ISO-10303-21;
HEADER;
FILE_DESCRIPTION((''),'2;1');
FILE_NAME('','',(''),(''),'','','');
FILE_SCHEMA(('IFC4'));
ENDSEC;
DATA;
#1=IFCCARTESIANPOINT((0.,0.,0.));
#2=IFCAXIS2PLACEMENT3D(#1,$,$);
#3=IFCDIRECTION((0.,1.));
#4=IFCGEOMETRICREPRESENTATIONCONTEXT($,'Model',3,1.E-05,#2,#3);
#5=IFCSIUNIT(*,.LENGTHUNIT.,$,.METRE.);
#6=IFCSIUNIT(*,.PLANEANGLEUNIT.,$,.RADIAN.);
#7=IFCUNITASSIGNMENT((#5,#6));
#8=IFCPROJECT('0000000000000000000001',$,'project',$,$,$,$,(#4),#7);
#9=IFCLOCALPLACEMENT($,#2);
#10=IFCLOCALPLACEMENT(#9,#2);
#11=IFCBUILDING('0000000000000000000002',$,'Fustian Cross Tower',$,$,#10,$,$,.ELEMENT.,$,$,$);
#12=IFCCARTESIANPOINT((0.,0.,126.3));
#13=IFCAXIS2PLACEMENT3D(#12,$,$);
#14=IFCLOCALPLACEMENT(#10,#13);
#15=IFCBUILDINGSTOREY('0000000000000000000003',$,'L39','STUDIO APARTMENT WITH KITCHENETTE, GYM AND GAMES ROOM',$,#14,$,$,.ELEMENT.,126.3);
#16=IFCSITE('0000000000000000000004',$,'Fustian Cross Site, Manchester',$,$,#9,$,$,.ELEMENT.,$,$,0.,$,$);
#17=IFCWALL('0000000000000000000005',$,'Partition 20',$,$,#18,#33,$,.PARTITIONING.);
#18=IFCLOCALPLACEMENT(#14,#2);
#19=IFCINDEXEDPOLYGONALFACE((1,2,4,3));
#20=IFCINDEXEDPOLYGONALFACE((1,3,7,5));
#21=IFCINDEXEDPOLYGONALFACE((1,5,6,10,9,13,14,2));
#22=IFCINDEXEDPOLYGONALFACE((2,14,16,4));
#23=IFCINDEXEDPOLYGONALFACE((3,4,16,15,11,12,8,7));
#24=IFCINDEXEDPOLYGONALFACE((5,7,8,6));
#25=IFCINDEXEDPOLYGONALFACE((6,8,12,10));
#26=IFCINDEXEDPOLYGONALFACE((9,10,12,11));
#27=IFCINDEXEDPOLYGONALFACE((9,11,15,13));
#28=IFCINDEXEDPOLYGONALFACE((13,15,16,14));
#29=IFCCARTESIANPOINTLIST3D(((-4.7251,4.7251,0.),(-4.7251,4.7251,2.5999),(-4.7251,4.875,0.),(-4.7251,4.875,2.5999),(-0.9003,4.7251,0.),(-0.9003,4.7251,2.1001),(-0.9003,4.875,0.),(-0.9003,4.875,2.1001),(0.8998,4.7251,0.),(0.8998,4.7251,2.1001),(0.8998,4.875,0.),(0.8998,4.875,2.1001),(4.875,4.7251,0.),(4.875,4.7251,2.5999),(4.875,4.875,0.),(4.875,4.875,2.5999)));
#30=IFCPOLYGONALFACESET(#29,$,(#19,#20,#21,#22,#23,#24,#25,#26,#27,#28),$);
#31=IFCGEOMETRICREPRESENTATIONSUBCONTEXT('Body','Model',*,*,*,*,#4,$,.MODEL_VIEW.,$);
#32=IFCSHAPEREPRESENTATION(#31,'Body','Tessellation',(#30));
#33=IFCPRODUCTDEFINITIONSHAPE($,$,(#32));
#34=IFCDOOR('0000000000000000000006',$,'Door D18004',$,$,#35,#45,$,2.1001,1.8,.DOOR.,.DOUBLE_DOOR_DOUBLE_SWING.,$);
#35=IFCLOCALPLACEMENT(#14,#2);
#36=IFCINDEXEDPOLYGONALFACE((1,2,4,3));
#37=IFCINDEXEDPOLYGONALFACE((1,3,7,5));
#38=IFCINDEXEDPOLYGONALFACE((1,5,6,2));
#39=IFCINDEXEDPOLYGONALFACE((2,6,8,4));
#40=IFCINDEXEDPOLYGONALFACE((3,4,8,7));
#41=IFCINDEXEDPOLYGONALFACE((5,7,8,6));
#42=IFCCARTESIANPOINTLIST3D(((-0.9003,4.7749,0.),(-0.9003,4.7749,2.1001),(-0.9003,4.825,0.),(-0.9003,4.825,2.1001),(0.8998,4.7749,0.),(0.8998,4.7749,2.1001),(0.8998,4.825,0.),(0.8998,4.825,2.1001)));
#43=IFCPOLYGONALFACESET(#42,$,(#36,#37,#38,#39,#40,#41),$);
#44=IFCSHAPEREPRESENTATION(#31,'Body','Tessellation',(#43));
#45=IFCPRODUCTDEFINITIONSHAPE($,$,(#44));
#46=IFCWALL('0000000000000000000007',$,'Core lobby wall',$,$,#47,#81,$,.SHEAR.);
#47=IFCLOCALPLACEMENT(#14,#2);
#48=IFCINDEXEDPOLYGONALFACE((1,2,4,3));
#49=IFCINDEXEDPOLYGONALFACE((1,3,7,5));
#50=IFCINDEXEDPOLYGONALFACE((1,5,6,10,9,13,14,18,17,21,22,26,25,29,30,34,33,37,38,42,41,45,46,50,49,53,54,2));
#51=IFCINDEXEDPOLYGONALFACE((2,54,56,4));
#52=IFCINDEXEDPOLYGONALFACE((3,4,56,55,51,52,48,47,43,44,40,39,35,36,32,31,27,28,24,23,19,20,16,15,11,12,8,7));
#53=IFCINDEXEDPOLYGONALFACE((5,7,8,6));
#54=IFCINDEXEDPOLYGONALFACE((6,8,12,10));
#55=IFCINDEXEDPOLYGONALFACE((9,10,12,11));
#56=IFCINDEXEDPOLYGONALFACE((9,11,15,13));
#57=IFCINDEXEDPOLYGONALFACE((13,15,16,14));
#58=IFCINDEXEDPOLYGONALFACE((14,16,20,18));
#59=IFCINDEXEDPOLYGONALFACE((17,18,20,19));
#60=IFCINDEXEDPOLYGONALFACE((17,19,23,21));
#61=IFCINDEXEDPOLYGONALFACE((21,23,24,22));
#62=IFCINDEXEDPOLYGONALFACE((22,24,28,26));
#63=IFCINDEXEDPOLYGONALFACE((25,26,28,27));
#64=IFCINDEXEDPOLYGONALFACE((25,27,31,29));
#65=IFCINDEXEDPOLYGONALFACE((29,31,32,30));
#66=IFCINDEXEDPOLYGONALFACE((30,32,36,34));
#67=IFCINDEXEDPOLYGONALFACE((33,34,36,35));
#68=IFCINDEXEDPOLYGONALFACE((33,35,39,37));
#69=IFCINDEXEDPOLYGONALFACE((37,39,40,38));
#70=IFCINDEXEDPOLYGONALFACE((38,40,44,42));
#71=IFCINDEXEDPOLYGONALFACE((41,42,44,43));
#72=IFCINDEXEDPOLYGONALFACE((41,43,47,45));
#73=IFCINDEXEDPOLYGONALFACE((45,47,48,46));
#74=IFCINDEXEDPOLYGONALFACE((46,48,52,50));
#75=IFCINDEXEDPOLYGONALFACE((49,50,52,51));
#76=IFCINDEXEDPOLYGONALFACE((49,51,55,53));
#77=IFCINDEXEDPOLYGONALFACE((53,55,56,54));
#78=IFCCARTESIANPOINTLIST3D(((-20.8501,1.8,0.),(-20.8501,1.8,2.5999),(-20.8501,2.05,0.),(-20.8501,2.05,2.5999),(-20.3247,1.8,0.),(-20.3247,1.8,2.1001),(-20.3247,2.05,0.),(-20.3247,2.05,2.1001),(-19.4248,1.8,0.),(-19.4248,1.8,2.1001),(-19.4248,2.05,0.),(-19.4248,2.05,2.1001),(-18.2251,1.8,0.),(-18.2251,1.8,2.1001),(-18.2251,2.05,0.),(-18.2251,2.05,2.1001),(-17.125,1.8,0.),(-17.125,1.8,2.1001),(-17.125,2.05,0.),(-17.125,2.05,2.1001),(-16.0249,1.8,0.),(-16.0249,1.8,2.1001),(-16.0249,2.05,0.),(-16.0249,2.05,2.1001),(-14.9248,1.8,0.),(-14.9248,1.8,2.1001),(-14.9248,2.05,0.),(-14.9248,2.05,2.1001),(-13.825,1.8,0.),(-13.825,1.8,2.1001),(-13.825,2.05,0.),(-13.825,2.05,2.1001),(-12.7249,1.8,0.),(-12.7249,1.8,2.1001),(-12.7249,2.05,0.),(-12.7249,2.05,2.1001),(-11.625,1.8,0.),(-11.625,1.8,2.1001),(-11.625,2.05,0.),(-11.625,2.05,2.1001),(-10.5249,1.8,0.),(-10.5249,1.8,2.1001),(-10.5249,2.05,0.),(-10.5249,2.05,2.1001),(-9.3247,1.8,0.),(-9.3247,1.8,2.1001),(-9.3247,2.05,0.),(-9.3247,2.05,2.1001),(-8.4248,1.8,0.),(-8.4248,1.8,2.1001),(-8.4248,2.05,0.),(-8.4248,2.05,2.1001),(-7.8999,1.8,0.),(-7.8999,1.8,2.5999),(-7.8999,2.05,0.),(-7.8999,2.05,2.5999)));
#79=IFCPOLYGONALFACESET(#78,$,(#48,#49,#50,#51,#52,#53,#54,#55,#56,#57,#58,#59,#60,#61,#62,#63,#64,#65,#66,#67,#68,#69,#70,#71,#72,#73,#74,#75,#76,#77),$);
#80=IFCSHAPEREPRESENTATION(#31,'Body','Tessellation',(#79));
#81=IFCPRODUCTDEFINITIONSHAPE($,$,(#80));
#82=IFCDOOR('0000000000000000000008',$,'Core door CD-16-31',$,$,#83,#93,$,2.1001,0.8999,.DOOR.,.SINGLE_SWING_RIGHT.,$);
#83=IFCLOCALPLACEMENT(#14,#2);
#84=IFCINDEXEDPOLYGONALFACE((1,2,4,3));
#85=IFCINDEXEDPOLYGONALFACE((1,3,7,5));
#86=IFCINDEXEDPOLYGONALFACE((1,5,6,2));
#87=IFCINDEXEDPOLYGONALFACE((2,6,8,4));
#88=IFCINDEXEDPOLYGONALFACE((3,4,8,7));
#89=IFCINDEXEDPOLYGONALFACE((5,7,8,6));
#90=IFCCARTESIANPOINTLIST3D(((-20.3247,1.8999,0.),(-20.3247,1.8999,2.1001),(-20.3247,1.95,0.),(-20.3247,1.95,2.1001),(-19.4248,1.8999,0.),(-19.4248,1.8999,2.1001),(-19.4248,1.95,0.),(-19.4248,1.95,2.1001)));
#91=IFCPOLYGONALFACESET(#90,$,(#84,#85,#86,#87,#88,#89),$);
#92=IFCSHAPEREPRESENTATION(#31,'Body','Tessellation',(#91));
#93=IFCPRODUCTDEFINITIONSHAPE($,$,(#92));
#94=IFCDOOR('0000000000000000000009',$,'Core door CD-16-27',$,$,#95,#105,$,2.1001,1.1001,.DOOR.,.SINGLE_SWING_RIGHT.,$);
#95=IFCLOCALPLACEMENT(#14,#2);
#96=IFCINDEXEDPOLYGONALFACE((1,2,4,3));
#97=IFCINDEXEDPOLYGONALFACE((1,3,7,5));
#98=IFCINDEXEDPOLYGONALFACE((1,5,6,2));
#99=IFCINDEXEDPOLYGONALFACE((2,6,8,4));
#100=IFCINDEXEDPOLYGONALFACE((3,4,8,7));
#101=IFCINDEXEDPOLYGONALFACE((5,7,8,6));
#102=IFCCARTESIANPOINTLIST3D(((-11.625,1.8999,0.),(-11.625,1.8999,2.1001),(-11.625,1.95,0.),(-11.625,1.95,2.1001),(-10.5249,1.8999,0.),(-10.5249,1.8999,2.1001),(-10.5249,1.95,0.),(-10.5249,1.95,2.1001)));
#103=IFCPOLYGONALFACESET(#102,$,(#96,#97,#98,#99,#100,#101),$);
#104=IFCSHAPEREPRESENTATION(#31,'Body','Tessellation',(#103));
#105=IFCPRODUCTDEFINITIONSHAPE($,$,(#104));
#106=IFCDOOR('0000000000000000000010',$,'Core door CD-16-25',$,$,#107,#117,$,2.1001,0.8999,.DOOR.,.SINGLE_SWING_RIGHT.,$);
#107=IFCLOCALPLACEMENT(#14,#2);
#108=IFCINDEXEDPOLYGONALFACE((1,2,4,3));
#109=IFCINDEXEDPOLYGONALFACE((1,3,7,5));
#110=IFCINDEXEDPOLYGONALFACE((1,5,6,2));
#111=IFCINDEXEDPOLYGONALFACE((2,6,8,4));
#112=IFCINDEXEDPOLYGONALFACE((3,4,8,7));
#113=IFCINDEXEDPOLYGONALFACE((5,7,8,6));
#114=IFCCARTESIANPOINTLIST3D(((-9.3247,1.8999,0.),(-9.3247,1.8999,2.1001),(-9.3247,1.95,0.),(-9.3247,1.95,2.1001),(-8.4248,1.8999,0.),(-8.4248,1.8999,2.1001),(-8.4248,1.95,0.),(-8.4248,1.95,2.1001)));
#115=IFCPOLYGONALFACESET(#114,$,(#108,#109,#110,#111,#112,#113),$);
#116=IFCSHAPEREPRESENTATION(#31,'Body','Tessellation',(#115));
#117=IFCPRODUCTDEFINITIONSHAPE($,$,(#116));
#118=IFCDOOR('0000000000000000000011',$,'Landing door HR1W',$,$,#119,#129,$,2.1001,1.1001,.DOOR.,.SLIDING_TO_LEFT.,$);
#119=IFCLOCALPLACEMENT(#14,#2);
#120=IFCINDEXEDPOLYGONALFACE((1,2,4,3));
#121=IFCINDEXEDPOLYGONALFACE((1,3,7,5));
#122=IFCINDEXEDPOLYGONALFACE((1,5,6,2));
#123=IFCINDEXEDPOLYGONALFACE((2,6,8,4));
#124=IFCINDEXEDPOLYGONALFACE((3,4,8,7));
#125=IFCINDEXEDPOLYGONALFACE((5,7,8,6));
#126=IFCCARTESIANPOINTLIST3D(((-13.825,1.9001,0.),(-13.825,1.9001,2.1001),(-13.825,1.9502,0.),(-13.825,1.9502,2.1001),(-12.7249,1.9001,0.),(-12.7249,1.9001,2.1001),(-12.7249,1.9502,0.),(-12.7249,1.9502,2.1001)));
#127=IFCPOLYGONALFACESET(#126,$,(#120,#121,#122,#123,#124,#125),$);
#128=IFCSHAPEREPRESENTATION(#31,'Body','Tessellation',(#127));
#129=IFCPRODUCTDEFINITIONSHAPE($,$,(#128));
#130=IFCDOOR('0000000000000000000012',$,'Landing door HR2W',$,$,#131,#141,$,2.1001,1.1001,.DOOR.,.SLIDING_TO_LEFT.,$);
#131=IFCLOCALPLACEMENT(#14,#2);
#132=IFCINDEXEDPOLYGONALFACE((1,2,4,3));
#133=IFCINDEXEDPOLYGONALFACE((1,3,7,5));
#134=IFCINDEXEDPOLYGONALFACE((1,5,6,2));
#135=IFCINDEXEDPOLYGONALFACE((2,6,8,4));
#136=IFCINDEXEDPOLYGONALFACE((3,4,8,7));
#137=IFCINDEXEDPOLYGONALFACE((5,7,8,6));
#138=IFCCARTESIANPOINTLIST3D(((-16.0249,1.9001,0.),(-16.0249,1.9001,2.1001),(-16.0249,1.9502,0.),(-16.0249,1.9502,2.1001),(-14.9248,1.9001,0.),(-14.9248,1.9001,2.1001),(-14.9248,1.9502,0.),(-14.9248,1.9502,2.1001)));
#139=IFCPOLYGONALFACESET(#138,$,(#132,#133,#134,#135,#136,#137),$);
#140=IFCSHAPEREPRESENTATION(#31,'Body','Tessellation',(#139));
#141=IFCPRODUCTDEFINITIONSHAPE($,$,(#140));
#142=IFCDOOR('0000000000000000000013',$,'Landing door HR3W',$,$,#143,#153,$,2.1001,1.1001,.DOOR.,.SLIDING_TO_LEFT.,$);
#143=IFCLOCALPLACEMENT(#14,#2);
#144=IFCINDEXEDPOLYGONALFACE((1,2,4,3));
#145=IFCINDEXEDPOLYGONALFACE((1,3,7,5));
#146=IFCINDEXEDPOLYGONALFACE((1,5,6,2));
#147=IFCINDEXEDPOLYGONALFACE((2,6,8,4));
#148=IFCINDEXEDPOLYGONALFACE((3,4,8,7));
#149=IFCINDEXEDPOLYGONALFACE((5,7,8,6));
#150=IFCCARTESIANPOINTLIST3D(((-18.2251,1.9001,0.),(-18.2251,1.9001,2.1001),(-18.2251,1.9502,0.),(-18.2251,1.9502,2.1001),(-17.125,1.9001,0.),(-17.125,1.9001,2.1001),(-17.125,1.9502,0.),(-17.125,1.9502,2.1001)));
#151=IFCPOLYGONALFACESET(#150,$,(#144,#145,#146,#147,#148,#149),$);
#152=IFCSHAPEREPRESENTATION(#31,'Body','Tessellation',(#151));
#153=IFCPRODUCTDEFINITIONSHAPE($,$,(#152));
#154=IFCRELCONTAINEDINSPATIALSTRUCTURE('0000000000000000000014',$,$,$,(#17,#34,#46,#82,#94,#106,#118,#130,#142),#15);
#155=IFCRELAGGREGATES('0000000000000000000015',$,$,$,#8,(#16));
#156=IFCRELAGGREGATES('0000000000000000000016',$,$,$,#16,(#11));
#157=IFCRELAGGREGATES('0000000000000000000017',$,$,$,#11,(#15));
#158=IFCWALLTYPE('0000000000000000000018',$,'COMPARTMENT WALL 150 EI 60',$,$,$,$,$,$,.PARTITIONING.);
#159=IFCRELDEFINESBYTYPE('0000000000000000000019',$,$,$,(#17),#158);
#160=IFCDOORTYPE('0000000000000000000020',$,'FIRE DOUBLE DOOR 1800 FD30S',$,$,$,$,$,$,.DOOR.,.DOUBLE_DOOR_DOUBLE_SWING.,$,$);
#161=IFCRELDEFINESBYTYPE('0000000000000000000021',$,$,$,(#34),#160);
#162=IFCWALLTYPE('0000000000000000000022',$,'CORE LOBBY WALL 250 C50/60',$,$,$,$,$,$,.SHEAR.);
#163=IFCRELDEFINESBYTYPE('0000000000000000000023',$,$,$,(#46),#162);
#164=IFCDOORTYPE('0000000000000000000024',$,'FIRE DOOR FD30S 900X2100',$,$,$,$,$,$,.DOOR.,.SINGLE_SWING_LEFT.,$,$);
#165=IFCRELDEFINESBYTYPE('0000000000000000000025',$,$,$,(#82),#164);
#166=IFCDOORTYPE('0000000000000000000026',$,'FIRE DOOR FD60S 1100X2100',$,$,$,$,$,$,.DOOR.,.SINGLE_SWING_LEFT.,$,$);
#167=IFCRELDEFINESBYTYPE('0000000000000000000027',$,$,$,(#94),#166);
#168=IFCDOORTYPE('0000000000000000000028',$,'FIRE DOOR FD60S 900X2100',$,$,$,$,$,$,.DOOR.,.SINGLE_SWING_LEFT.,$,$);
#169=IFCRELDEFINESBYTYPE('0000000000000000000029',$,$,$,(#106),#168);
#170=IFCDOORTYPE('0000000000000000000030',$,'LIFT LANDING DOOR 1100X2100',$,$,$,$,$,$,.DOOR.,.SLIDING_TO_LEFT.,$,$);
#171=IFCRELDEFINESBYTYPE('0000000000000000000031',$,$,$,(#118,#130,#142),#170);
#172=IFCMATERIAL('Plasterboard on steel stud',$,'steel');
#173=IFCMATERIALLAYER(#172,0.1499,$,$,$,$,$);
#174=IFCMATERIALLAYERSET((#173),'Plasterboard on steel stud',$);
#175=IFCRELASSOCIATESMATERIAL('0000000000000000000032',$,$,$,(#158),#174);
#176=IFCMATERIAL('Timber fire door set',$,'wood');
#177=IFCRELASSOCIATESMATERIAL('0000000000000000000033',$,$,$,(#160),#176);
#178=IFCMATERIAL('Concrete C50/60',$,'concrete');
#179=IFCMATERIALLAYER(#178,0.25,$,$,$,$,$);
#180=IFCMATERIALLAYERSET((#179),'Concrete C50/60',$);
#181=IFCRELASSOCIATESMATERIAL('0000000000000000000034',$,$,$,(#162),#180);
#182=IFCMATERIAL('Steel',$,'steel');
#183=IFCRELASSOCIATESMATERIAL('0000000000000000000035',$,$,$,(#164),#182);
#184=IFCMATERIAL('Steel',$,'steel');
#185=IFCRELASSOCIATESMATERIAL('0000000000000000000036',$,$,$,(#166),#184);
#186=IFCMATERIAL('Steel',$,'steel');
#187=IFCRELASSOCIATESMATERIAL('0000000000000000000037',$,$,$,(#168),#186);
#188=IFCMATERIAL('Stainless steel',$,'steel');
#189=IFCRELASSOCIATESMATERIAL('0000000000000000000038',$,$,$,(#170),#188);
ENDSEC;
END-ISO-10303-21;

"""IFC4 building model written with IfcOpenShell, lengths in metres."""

from ifc_helpers import new_model, si_unit, direction, frame, frame_2d, origin, place, context, subcontext, project, spatial, rectangle, extrude, material, layer, layer_set, type_object, element, fill, save


model = new_model("IFC4")

# Units and contexts
model_context = context("Model", 3, precision=1e-05, world=origin(), true_north=direction((0.0, 1.0)))
body_context = subcontext(model_context, "Body", "Model", "MODEL_VIEW")
ifc_project = project(units=[si_unit("LENGTHUNIT", "METRE"), si_unit("PLANEANGLEUNIT", "RADIAN")], contexts=[model_context])

# Site, building, storey
site_placement = place(None, origin())
site = spatial("IfcSite", under=ifc_project, at=site_placement, Name="Fustian Cross Site, Manchester", CompositionType="ELEMENT", RefElevation=0.0)
building_placement = place(site_placement, origin())
building = spatial("IfcBuilding", under=site, at=building_placement, Name="Fustian Cross Tower", CompositionType="ELEMENT")
storey_placement = place(building_placement, frame((0.0, 0.0, 126.3)))
storey = spatial("IfcBuildingStorey", under=building, at=storey_placement, Name="L39", Description="STUDIO APARTMENT WITH KITCHENETTE, GYM AND GAMES ROOM", CompositionType="ELEMENT", Elevation=126.3)

# Wall, opening, door
ifc_material_1 = material(Name="Plasterboard on steel stud", Category="steel")
ifc_layer_1 = layer(ifc_material_1, 0.1499)
ifc_layer_set_1 = layer_set([ifc_layer_1], Name="Plasterboard on steel stud")
wall_type_1 = type_object("IfcWallType", Name="COMPARTMENT WALL 150 EI 60", PredefinedType="PARTITIONING", material=ifc_layer_set_1)
wall_1_placement = place(storey_placement, frame((-4.7251, 4.8, 0.0), z_axis=(0.0, 0.0, 1.0), x_axis=(1.0, 0.0, 0.0)))
wall_1 = element("IfcWall", 1, at=wall_1_placement, inside=storey, type_object=wall_type_1, Name="Partition 20", PredefinedType="PARTITIONING", context=body_context, shape_type="SweptSolid", body=[
    extrude(rectangle(XDim=9.6001, YDim=0.1499, at=frame_2d((4.8, 0.0))), origin(), (0.0, 0.0, 1.0), 2.5999),
])
opening_1_placement = place(wall_1_placement, frame((3.825, 0.0, 0.0)))
opening_1 = element("IfcOpeningElement", 2, at=opening_1_placement, cuts=wall_1, PredefinedType="OPENING", context=body_context, shape_type="SweptSolid", body=[
    extrude(rectangle(XDim=1.8, YDim=2.1001, at=frame_2d((0.8999, 1.05))), frame((0.0, 0.085, 0.0), z_axis=(0.0, -1.0, 0.0), x_axis=(1.0, 0.0, 0.0)), (0.0, 0.0, 1.0), 0.1699),
])
ifc_material_2 = material(Name="Timber fire door set", Category="wood")
door_type_1 = type_object("IfcDoorType", Name="FIRE DOUBLE DOOR 1800 FD30S", OperationType="DOUBLE_DOOR_DOUBLE_SWING", PredefinedType="DOOR", material=ifc_material_2)
door_1_placement = place(opening_1_placement, origin())
door_1 = element("IfcDoor", 3, at=door_1_placement, inside=storey, type_object=door_type_1, Name="Door D18004", OperationType="DOUBLE_DOOR_DOUBLE_SWING", OverallHeight=2.1001, OverallWidth=1.8, PredefinedType="DOOR", context=body_context, shape_type="SweptSolid", body=[
    extrude(rectangle(XDim=1.8, YDim=2.1001, at=frame_2d((0.8999, 1.05))), frame((0.0, 0.0249, 0.0), z_axis=(0.0, -1.0, 0.0), x_axis=(1.0, 0.0, 0.0)), (0.0, 0.0, 1.0), 0.05),
])
fill(opening_1, door_1)

# Wall, openings, doors
ifc_material_3 = material(Name="Concrete C50/60", Category="concrete")
ifc_layer_2 = layer(ifc_material_3, 0.25)
ifc_layer_set_2 = layer_set([ifc_layer_2], Name="Concrete C50/60")
wall_type_2 = type_object("IfcWallType", Name="CORE LOBBY WALL 250 C50/60", PredefinedType="SHEAR", material=ifc_layer_set_2)
wall_2_placement = place(storey_placement, frame((-7.8999, 1.925, 0.0), z_axis=(0.0, 0.0, 1.0), x_axis=(-1.0, 0.0, 0.0)))
wall_2 = element("IfcWall", 4, at=wall_2_placement, inside=storey, type_object=wall_type_2, Name="Core lobby wall", PredefinedType="SHEAR", context=body_context, shape_type="SweptSolid", body=[
    extrude(rectangle(XDim=12.9502, YDim=0.25, at=frame_2d((6.4751, 0.0))), origin(), (0.0, 0.0, 1.0), 2.5999),
])
opening_2_placement = place(wall_2_placement, frame((4.825, 0.0, 0.0)))
opening_2 = element("IfcOpeningElement", 5, at=opening_2_placement, cuts=wall_2, PredefinedType="OPENING", context=body_context, shape_type="SweptSolid", body=[
    extrude(rectangle(XDim=1.1001, YDim=2.1001, at=frame_2d((0.55, 1.05))), frame((0.0, 0.135, 0.0), z_axis=(0.0, -1.0, 0.0), x_axis=(1.0, 0.0, 0.0)), (0.0, 0.0, 1.0), 0.27),
])
opening_3_placement = place(wall_2_placement, frame((7.0249, 0.0, 0.0)))
opening_3 = element("IfcOpeningElement", 6, at=opening_3_placement, cuts=wall_2, PredefinedType="OPENING", context=body_context, shape_type="SweptSolid", body=[
    extrude(rectangle(XDim=1.1001, YDim=2.1001, at=frame_2d((0.55, 1.05))), frame((0.0, 0.135, 0.0), z_axis=(0.0, -1.0, 0.0), x_axis=(1.0, 0.0, 0.0)), (0.0, 0.0, 1.0), 0.27),
])
opening_4_placement = place(wall_2_placement, frame((9.2251, 0.0, 0.0)))
opening_4 = element("IfcOpeningElement", 7, at=opening_4_placement, cuts=wall_2, PredefinedType="OPENING", context=body_context, shape_type="SweptSolid", body=[
    extrude(rectangle(XDim=1.1001, YDim=2.1001, at=frame_2d((0.55, 1.05))), frame((0.0, 0.135, 0.0), z_axis=(0.0, -1.0, 0.0), x_axis=(1.0, 0.0, 0.0)), (0.0, 0.0, 1.0), 0.27),
])
opening_5_placement = place(wall_2_placement, frame((0.5249, 0.0, 0.0)))
opening_5 = element("IfcOpeningElement", 8, at=opening_5_placement, cuts=wall_2, PredefinedType="OPENING", context=body_context, shape_type="SweptSolid", body=[
    extrude(rectangle(XDim=0.8999, YDim=2.1001, at=frame_2d((0.45, 1.05))), frame((0.0, 0.135, 0.0), z_axis=(0.0, -1.0, 0.0), x_axis=(1.0, 0.0, 0.0)), (0.0, 0.0, 1.0), 0.27),
])
opening_6_placement = place(wall_2_placement, frame((2.625, 0.0, 0.0)))
opening_6 = element("IfcOpeningElement", 9, at=opening_6_placement, cuts=wall_2, PredefinedType="OPENING", context=body_context, shape_type="SweptSolid", body=[
    extrude(rectangle(XDim=1.1001, YDim=2.1001, at=frame_2d((0.55, 1.05))), frame((0.0, 0.135, 0.0), z_axis=(0.0, -1.0, 0.0), x_axis=(1.0, 0.0, 0.0)), (0.0, 0.0, 1.0), 0.27),
])
opening_7_placement = place(wall_2_placement, frame((11.5249, 0.0, 0.0)))
opening_7 = element("IfcOpeningElement", 10, at=opening_7_placement, cuts=wall_2, PredefinedType="OPENING", context=body_context, shape_type="SweptSolid", body=[
    extrude(rectangle(XDim=0.8999, YDim=2.1001, at=frame_2d((0.45, 1.05))), frame((0.0, 0.135, 0.0), z_axis=(0.0, -1.0, 0.0), x_axis=(1.0, 0.0, 0.0)), (0.0, 0.0, 1.0), 0.27),
])
ifc_material_4 = material(Name="Steel", Category="steel")
door_type_2 = type_object("IfcDoorType", Name="FIRE DOOR FD30S 900X2100", OperationType="SINGLE_SWING_LEFT", PredefinedType="DOOR", material=ifc_material_4)
door_2_placement = place(opening_7_placement, frame((0.8999, 0.0, 0.0), z_axis=(0.0, 0.0, 1.0), x_axis=(-1.0, 0.0, 0.0)))
door_2 = element("IfcDoor", 11, at=door_2_placement, inside=storey, type_object=door_type_2, Name="Core door CD-16-31", OperationType="SINGLE_SWING_RIGHT", OverallHeight=2.1001, OverallWidth=0.8999, PredefinedType="DOOR", context=body_context, shape_type="SweptSolid", body=[
    extrude(rectangle(XDim=0.8999, YDim=2.1001, at=frame_2d((0.45, 1.05))), frame((0.0, 0.0249, 0.0), z_axis=(0.0, -1.0, 0.0), x_axis=(1.0, 0.0, 0.0)), (0.0, 0.0, 1.0), 0.05),
])
fill(opening_7, door_2)
ifc_material_5 = material(Name="Steel", Category="steel")
door_type_3 = type_object("IfcDoorType", Name="FIRE DOOR FD60S 1100X2100", OperationType="SINGLE_SWING_LEFT", PredefinedType="DOOR", material=ifc_material_5)
door_3_placement = place(opening_6_placement, frame((1.1001, 0.0, 0.0), z_axis=(0.0, 0.0, 1.0), x_axis=(-1.0, 0.0, 0.0)))
door_3 = element("IfcDoor", 12, at=door_3_placement, inside=storey, type_object=door_type_3, Name="Core door CD-16-27", OperationType="SINGLE_SWING_RIGHT", OverallHeight=2.1001, OverallWidth=1.1001, PredefinedType="DOOR", context=body_context, shape_type="SweptSolid", body=[
    extrude(rectangle(XDim=1.1001, YDim=2.1001, at=frame_2d((0.55, 1.05))), frame((0.0, 0.0249, 0.0), z_axis=(0.0, -1.0, 0.0), x_axis=(1.0, 0.0, 0.0)), (0.0, 0.0, 1.0), 0.05),
])
fill(opening_6, door_3)
ifc_material_6 = material(Name="Steel", Category="steel")
door_type_4 = type_object("IfcDoorType", Name="FIRE DOOR FD60S 900X2100", OperationType="SINGLE_SWING_LEFT", PredefinedType="DOOR", material=ifc_material_6)
door_4_placement = place(opening_5_placement, frame((0.8999, 0.0, 0.0), z_axis=(0.0, 0.0, 1.0), x_axis=(-1.0, 0.0, 0.0)))
door_4 = element("IfcDoor", 13, at=door_4_placement, inside=storey, type_object=door_type_4, Name="Core door CD-16-25", OperationType="SINGLE_SWING_RIGHT", OverallHeight=2.1001, OverallWidth=0.8999, PredefinedType="DOOR", context=body_context, shape_type="SweptSolid", body=[
    extrude(rectangle(XDim=0.8999, YDim=2.1001, at=frame_2d((0.45, 1.05))), frame((0.0, 0.0249, 0.0), z_axis=(0.0, -1.0, 0.0), x_axis=(1.0, 0.0, 0.0)), (0.0, 0.0, 1.0), 0.05),
])
fill(opening_5, door_4)
ifc_material_7 = material(Name="Stainless steel", Category="steel")
door_type_5 = type_object("IfcDoorType", Name="LIFT LANDING DOOR 1100X2100", OperationType="SLIDING_TO_LEFT", PredefinedType="DOOR", material=ifc_material_7)
door_5_placement = place(opening_2_placement, origin())
door_5 = element("IfcDoor", 14, at=door_5_placement, inside=storey, type_object=door_type_5, Name="Landing door HR1W", OperationType="SLIDING_TO_LEFT", OverallHeight=2.1001, OverallWidth=1.1001, PredefinedType="DOOR", context=body_context, shape_type="SweptSolid", body=[
    extrude(rectangle(XDim=1.1001, YDim=2.1001, at=frame_2d((0.55, 1.05))), frame((0.0, 0.0249, 0.0), z_axis=(0.0, -1.0, 0.0), x_axis=(1.0, 0.0, 0.0)), (0.0, 0.0, 1.0), 0.05),
])
fill(opening_2, door_5)
door_6_placement = place(opening_3_placement, origin())
door_6 = element("IfcDoor", 15, at=door_6_placement, inside=storey, type_object=door_type_5, Name="Landing door HR2W", OperationType="SLIDING_TO_LEFT", OverallHeight=2.1001, OverallWidth=1.1001, PredefinedType="DOOR", context=body_context, shape_type="SweptSolid", body=[
    extrude(rectangle(XDim=1.1001, YDim=2.1001, at=frame_2d((0.55, 1.05))), frame((0.0, 0.0249, 0.0), z_axis=(0.0, -1.0, 0.0), x_axis=(1.0, 0.0, 0.0)), (0.0, 0.0, 1.0), 0.05),
])
fill(opening_3, door_6)
door_7_placement = place(opening_4_placement, origin())
door_7 = element("IfcDoor", 16, at=door_7_placement, inside=storey, type_object=door_type_5, Name="Landing door HR3W", OperationType="SLIDING_TO_LEFT", OverallHeight=2.1001, OverallWidth=1.1001, PredefinedType="DOOR", context=body_context, shape_type="SweptSolid", body=[
    extrude(rectangle(XDim=1.1001, YDim=2.1001, at=frame_2d((0.55, 1.05))), frame((0.0, 0.0249, 0.0), z_axis=(0.0, -1.0, 0.0), x_axis=(1.0, 0.0, 0.0)), (0.0, 0.0, 1.0), 0.05),
])
fill(opening_4, door_7)

save(model, "model.ifc")
